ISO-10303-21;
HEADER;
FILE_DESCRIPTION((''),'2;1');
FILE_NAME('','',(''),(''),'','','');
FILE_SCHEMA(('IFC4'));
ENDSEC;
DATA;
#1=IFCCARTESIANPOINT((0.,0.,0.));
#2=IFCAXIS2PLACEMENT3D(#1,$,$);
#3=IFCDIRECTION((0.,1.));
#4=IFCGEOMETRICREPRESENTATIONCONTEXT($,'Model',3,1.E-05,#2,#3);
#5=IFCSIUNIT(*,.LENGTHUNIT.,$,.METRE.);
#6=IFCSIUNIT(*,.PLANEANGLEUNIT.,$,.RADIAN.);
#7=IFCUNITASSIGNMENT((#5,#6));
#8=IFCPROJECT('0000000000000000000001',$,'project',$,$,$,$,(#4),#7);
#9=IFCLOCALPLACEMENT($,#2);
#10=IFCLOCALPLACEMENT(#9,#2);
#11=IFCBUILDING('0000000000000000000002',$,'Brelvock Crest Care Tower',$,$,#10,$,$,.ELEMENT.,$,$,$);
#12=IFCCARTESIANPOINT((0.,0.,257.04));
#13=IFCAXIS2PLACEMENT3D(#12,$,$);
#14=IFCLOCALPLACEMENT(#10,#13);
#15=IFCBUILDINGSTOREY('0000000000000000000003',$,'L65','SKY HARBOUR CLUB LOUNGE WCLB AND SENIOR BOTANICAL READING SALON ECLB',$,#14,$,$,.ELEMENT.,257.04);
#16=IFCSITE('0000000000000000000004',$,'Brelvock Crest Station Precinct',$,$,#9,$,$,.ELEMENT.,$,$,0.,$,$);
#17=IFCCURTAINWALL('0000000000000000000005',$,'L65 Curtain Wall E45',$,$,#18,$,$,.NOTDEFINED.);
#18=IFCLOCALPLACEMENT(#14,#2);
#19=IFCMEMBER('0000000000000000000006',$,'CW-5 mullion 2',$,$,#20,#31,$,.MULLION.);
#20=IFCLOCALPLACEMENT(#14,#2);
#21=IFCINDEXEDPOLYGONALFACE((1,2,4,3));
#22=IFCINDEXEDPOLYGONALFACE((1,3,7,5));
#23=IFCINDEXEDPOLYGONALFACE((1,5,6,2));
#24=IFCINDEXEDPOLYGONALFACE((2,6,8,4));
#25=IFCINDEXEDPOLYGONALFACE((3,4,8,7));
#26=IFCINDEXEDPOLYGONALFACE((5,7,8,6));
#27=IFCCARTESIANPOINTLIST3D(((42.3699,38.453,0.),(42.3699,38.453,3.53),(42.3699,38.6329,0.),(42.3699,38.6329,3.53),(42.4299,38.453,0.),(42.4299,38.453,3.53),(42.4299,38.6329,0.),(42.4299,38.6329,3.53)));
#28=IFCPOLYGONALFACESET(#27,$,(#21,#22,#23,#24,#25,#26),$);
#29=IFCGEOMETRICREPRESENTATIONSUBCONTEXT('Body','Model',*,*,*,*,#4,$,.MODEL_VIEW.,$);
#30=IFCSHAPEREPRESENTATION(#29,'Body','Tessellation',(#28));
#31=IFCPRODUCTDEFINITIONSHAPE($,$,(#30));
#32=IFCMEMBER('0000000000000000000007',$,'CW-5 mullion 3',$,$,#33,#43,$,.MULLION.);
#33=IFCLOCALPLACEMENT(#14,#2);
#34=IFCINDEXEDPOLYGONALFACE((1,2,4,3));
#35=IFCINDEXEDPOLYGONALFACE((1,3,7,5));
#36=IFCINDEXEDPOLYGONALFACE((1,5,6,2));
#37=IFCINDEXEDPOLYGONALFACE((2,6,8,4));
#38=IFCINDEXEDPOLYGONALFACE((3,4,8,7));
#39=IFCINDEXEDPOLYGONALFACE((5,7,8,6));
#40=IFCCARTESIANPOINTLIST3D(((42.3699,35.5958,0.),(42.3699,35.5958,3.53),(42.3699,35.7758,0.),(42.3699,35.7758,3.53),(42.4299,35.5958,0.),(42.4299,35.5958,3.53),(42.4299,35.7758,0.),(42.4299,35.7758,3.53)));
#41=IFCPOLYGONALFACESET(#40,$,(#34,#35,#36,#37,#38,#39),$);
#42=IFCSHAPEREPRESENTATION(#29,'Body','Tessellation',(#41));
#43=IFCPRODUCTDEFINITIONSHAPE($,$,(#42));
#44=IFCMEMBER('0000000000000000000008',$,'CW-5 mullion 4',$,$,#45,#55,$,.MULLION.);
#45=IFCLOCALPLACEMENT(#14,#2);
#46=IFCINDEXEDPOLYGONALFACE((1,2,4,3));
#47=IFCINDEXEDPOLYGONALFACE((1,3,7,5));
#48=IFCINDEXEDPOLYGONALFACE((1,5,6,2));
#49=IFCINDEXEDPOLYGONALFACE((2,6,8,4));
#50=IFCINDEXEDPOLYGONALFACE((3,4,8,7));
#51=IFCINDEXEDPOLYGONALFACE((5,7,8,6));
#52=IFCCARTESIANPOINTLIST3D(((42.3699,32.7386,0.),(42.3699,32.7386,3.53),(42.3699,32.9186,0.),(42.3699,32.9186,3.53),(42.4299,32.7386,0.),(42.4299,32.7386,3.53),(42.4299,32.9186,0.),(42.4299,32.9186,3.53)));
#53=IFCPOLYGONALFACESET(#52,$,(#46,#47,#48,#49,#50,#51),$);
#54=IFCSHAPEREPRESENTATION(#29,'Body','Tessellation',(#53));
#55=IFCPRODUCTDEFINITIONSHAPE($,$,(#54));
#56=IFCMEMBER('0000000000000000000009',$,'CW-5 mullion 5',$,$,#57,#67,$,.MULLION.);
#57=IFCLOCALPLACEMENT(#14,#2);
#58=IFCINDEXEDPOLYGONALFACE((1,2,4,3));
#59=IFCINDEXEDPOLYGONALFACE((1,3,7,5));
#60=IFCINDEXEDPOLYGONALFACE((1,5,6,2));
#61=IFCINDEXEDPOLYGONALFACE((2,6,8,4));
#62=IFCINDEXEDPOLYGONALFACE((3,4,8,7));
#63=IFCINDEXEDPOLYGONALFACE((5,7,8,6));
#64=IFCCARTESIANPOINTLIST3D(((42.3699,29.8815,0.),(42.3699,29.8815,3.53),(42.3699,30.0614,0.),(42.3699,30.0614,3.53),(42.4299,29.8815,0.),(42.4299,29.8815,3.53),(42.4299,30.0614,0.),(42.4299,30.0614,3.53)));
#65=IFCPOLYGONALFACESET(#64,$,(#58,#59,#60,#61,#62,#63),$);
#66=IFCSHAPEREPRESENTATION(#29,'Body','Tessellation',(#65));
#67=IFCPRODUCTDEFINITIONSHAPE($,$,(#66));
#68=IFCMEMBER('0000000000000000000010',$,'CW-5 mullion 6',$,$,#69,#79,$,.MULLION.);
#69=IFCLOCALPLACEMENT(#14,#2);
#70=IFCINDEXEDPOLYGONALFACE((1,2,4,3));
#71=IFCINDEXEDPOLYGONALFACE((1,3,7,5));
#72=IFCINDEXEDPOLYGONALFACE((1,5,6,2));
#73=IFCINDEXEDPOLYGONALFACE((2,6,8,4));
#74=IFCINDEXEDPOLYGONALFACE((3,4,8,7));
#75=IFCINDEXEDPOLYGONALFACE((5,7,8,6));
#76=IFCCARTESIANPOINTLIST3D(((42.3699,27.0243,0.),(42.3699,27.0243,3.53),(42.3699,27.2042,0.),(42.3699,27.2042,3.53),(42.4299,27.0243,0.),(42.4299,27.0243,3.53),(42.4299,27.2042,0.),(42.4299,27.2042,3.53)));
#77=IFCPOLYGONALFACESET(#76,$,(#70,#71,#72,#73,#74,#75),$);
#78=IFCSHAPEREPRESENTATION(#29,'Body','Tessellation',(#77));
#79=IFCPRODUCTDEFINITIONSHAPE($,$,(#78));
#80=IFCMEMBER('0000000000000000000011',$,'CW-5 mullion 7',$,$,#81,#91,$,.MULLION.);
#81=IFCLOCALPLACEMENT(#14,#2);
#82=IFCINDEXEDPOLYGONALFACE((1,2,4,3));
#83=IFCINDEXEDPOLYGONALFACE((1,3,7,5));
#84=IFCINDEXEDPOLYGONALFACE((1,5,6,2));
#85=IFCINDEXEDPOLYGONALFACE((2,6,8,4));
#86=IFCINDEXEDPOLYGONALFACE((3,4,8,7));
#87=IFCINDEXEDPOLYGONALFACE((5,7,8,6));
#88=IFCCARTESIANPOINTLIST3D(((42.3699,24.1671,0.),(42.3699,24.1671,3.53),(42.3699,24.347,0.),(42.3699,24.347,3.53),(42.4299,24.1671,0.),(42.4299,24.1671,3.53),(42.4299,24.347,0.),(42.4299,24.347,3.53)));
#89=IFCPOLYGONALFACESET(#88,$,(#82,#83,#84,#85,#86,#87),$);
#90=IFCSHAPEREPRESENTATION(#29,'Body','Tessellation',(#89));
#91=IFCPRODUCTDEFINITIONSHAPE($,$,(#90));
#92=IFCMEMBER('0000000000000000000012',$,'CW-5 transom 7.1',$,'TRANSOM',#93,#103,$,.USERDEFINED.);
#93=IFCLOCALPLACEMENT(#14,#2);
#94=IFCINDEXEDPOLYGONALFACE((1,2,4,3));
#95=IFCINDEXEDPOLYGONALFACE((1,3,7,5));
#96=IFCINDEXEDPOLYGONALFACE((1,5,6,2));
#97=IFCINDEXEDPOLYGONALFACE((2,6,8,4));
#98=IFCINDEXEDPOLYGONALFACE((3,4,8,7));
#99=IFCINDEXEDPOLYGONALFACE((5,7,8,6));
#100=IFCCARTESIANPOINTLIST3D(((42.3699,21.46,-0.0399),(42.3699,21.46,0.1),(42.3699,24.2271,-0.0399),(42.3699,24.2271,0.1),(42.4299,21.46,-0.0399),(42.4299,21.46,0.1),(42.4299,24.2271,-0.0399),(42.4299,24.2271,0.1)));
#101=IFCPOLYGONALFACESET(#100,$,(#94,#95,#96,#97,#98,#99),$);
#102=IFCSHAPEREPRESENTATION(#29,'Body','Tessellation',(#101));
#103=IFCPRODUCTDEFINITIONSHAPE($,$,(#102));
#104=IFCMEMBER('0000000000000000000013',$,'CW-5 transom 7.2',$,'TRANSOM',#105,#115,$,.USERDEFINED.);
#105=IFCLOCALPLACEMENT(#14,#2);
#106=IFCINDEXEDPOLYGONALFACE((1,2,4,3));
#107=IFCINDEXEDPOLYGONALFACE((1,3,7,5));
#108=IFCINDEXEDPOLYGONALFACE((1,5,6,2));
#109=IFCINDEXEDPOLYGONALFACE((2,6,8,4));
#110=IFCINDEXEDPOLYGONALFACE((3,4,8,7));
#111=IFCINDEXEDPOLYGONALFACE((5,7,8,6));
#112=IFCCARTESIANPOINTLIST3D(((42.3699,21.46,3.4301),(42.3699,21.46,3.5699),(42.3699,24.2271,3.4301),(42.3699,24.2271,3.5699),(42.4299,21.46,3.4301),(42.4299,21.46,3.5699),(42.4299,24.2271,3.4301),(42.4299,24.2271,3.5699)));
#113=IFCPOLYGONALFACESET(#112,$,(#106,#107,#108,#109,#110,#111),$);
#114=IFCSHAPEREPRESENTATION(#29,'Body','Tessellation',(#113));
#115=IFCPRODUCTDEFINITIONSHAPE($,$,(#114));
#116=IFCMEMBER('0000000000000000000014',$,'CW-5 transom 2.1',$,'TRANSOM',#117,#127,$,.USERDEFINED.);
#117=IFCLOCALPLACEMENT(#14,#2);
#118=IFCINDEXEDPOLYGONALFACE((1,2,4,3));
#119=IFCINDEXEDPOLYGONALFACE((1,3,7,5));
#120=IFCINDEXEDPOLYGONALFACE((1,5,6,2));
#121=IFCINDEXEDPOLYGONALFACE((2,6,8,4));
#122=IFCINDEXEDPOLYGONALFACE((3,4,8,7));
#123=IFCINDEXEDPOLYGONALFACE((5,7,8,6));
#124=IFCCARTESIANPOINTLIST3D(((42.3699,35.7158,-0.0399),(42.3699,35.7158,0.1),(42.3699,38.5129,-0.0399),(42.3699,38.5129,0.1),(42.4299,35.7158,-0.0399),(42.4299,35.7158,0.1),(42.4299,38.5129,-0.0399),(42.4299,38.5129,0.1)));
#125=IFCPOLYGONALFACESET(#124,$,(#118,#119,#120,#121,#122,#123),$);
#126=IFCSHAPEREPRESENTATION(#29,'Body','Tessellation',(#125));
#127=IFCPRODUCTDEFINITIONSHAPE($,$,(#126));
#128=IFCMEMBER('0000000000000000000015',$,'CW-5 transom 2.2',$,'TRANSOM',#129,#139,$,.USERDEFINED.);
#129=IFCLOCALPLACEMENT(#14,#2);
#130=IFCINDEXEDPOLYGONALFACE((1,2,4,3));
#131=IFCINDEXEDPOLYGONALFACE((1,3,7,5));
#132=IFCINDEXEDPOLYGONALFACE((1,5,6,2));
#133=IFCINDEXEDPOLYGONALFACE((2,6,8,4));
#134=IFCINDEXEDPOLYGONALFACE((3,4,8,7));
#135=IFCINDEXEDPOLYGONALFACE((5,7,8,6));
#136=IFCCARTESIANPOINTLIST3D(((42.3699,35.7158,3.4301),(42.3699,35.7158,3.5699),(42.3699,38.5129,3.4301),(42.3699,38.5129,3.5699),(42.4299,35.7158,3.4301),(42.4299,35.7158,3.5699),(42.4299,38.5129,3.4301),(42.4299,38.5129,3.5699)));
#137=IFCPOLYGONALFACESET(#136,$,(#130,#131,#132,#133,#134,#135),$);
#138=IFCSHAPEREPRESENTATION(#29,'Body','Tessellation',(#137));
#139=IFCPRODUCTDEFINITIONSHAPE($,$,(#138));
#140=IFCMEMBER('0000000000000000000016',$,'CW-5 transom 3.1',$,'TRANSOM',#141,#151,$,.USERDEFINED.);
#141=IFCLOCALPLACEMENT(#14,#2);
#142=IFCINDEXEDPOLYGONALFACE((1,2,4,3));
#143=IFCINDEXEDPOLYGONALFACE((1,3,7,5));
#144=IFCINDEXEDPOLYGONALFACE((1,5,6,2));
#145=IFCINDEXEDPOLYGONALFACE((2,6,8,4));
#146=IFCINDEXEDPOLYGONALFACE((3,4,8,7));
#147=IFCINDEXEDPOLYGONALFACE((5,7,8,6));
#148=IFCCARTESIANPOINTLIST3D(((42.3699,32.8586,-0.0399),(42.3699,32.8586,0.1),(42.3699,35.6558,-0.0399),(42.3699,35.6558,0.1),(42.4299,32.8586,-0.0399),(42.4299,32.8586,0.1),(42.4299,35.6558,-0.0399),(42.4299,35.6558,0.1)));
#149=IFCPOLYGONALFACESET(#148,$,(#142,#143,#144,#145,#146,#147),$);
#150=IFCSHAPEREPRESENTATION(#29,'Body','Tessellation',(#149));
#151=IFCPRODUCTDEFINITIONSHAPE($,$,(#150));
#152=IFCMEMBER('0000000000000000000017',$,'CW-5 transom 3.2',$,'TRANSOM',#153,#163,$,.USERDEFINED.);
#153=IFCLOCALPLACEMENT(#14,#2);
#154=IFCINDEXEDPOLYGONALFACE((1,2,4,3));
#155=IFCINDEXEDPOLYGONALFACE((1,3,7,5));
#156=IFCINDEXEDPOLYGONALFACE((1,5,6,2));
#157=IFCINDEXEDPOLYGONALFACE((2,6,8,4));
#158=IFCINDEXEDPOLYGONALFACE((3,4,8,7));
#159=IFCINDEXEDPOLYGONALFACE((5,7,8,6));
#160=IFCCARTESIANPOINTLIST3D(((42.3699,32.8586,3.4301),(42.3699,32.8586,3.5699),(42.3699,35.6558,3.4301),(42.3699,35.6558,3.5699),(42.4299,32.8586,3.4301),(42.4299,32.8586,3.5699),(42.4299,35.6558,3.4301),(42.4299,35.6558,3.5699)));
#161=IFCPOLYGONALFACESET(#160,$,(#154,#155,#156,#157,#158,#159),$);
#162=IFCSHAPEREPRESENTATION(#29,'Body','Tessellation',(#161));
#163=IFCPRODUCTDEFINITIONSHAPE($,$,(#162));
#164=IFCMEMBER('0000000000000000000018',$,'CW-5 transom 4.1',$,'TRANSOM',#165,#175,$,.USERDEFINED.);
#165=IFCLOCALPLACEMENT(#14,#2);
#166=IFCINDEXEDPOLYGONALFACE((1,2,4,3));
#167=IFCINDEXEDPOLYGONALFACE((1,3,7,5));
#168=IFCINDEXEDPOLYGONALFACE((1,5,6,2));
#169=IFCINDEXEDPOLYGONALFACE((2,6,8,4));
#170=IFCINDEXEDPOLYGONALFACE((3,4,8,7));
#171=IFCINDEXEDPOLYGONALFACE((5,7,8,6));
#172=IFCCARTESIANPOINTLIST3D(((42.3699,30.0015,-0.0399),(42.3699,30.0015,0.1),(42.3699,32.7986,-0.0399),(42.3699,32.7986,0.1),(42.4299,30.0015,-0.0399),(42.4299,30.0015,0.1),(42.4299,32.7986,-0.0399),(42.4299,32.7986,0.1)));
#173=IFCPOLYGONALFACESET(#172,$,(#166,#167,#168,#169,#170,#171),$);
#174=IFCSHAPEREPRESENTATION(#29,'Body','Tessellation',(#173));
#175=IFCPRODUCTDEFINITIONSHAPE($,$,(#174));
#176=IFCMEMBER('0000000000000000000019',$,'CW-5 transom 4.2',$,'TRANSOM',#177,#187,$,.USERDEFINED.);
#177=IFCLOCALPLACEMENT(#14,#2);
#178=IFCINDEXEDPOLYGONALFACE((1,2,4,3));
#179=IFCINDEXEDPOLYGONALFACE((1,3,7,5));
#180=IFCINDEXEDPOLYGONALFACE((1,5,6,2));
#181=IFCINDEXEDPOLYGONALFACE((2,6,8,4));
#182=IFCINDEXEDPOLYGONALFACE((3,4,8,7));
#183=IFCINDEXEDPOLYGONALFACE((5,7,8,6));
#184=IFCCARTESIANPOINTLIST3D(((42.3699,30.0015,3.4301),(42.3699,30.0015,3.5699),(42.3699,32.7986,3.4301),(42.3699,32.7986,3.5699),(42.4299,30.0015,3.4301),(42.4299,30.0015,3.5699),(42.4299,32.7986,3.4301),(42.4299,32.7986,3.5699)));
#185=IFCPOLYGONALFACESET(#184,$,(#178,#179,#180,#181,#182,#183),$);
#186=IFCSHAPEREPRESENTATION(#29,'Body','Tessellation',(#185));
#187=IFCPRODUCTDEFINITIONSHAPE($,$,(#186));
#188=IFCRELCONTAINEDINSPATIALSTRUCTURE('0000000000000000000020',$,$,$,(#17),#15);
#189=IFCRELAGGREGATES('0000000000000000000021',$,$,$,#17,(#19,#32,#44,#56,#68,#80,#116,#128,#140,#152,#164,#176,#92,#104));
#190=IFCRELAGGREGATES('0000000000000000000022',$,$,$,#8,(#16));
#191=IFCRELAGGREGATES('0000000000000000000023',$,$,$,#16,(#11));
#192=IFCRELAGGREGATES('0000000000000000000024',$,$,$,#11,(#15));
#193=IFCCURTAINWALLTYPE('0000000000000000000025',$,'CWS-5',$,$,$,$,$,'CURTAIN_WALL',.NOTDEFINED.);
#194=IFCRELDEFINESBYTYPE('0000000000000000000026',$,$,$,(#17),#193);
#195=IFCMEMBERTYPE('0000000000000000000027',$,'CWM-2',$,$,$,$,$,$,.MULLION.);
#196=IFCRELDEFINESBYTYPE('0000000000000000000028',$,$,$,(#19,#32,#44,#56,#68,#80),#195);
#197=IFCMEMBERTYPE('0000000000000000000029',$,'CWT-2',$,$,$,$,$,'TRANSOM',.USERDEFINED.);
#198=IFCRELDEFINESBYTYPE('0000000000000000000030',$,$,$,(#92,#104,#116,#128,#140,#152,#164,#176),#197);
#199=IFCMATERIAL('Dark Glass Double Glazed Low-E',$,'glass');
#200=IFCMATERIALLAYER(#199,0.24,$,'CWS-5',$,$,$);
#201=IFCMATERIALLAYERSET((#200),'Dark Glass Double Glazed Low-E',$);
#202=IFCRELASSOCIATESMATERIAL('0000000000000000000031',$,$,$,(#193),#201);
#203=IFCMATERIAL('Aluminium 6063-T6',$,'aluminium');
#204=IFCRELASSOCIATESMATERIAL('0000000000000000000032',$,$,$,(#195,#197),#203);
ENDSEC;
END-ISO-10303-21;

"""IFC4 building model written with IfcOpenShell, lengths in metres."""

from ifc_helpers import new_model, si_unit, direction, frame, origin, origin_2d, place, context, subcontext, project, spatial, rectangle, extrude, source, transform, mapped, material, layer, layer_set, material_profile, profile_set, type_object, element, aggregate, save


model = new_model("IFC4")

# Units and contexts
model_context = context("Model", 3, precision=1e-05, world=origin(), true_north=direction((0.0, 1.0)))
body_context = subcontext(model_context, "Body", "Model", "MODEL_VIEW")
ifc_project = project(units=[si_unit("LENGTHUNIT", "METRE"), si_unit("PLANEANGLEUNIT", "RADIAN")], contexts=[model_context])

# Site, building, storey
site_placement = place(None, origin())
site = spatial("IfcSite", under=ifc_project, at=site_placement, Name="Brelvock Crest Station Precinct", CompositionType="ELEMENT", RefElevation=0.0)
building_placement = place(site_placement, origin())
building = spatial("IfcBuilding", under=site, at=building_placement, Name="Brelvock Crest Care Tower", CompositionType="ELEMENT")
storey_placement = place(building_placement, frame((0.0, 0.0, 257.04)))
storey = spatial("IfcBuildingStorey", under=building, at=storey_placement, Name="L65", Description="SKY HARBOUR CLUB LOUNGE WCLB AND SENIOR BOTANICAL READING SALON ECLB", CompositionType="ELEMENT", Elevation=257.04)

# Curtain wall, members
ifc_material_1 = material(Name="Dark Glass Double Glazed Low-E", Category="glass")
ifc_layer_1 = layer(ifc_material_1, 0.24, Name="CWS-5")
ifc_layer_set_1 = layer_set([ifc_layer_1], Name="Dark Glass Double Glazed Low-E")
curtain_wall_type = type_object("IfcCurtainWallType", Name="CWS-5", ElementType="CURTAIN_WALL", PredefinedType="NOTDEFINED", material=ifc_layer_set_1)
curtain_wall_placement = place(storey_placement, origin())
curtain_wall = element("IfcCurtainWall", 1, at=curtain_wall_placement, inside=storey, type_object=curtain_wall_type, Name="L65 Curtain Wall E45", PredefinedType="NOTDEFINED")
ifc_material_2 = material(Name="Aluminium 6063-T6", Category="aluminium")
ifc_material_profile_1 = material_profile(ifc_material_2, rectangle(XDim=0.0601, YDim=0.1799, at=origin_2d()), Name="ALU60x180")
ifc_profile_set_1 = profile_set([ifc_material_profile_1], Name="Aluminium 6063-T6")
member_type_1 = type_object("IfcMemberType", Name="CWM-2", PredefinedType="MULLION", material=ifc_profile_set_1)
shared_shape_1 = source(origin(), body_context, "Body", "SweptSolid", [
    extrude(rectangle(XDim=0.0601, YDim=0.1799, at=origin_2d()), origin(), (0.0, 0.0, 1.0), 3.53),
])
member_1_placement = place(storey_placement, frame((42.3999, 38.543, 0.0), z_axis=(0.0, 0.0, 1.0), x_axis=(1.0, 0.0, 0.0)))
member_1 = element("IfcMember", 2, at=member_1_placement, type_object=member_type_1, Name="CW-5 mullion 2", PredefinedType="MULLION", context=body_context, shape_type="MappedRepresentation", body=[
    mapped(shared_shape_1, transform((0.0, 0.0, 0.0), x_axis=(1.0, 0.0, 0.0), y_axis=(0.0, 1.0, 0.0), z_axis=(0.0, 0.0, 1.0), scale=1.0)),
])
member_2_placement = place(storey_placement, frame((42.3999, 35.6858, 0.0), z_axis=(0.0, 0.0, 1.0), x_axis=(1.0, 0.0, 0.0)))
member_2 = element("IfcMember", 3, at=member_2_placement, type_object=member_type_1, Name="CW-5 mullion 3", PredefinedType="MULLION", context=body_context, shape_type="MappedRepresentation", body=[
    mapped(shared_shape_1, transform((0.0, 0.0, 0.0), x_axis=(1.0, 0.0, 0.0), y_axis=(0.0, 1.0, 0.0), z_axis=(0.0, 0.0, 1.0), scale=1.0)),
])
member_3_placement = place(storey_placement, frame((42.3999, 32.8286, 0.0), z_axis=(0.0, 0.0, 1.0), x_axis=(1.0, 0.0, 0.0)))
member_3 = element("IfcMember", 4, at=member_3_placement, type_object=member_type_1, Name="CW-5 mullion 4", PredefinedType="MULLION", context=body_context, shape_type="MappedRepresentation", body=[
    mapped(shared_shape_1, transform((0.0, 0.0, 0.0), x_axis=(1.0, 0.0, 0.0), y_axis=(0.0, 1.0, 0.0), z_axis=(0.0, 0.0, 1.0), scale=1.0)),
])
member_4_placement = place(storey_placement, frame((42.3999, 29.9714, 0.0), z_axis=(0.0, 0.0, 1.0), x_axis=(1.0, 0.0, 0.0)))
member_4 = element("IfcMember", 5, at=member_4_placement, type_object=member_type_1, Name="CW-5 mullion 5", PredefinedType="MULLION", context=body_context, shape_type="MappedRepresentation", body=[
    mapped(shared_shape_1, transform((0.0, 0.0, 0.0), x_axis=(1.0, 0.0, 0.0), y_axis=(0.0, 1.0, 0.0), z_axis=(0.0, 0.0, 1.0), scale=1.0)),
])
member_5_placement = place(storey_placement, frame((42.3999, 27.1143, 0.0), z_axis=(0.0, 0.0, 1.0), x_axis=(1.0, 0.0, 0.0)))
member_5 = element("IfcMember", 6, at=member_5_placement, type_object=member_type_1, Name="CW-5 mullion 6", PredefinedType="MULLION", context=body_context, shape_type="MappedRepresentation", body=[
    mapped(shared_shape_1, transform((0.0, 0.0, 0.0), x_axis=(1.0, 0.0, 0.0), y_axis=(0.0, 1.0, 0.0), z_axis=(0.0, 0.0, 1.0), scale=1.0)),
])
member_6_placement = place(storey_placement, frame((42.3999, 24.2571, 0.0), z_axis=(0.0, 0.0, 1.0), x_axis=(1.0, 0.0, 0.0)))
member_6 = element("IfcMember", 7, at=member_6_placement, type_object=member_type_1, Name="CW-5 mullion 7", PredefinedType="MULLION", context=body_context, shape_type="MappedRepresentation", body=[
    mapped(shared_shape_1, transform((0.0, 0.0, 0.0), x_axis=(1.0, 0.0, 0.0), y_axis=(0.0, 1.0, 0.0), z_axis=(0.0, 0.0, 1.0), scale=1.0)),
])
ifc_material_profile_2 = material_profile(ifc_material_2, rectangle(XDim=0.0601, YDim=0.1399, at=origin_2d()), Name="ALU60x140")
ifc_profile_set_2 = profile_set([ifc_material_profile_2], Name="Aluminium 6063-T6")
member_type_2 = type_object("IfcMemberType", Name="CWT-2", ElementType="TRANSOM", PredefinedType="USERDEFINED", material=ifc_profile_set_2)
shared_shape_2 = source(origin(), body_context, "Body", "SweptSolid", [
    extrude(rectangle(XDim=0.0601, YDim=0.1399, at=origin_2d()), origin(), (0.0, 0.0, 1.0), 2.7671),
])
member_7_placement = place(storey_placement, frame((42.3999, 24.2271, 0.03), z_axis=(0.0, -1.0, 0.0), x_axis=(1.0, 0.0, 0.0)))
member_7 = element("IfcMember", 8, at=member_7_placement, type_object=member_type_2, Name="CW-5 transom 7.1", ObjectType="TRANSOM", PredefinedType="USERDEFINED", context=body_context, shape_type="MappedRepresentation", body=[
    mapped(shared_shape_2, transform((0.0, 0.0, 0.0), x_axis=(1.0, 0.0, 0.0), y_axis=(0.0, 1.0, 0.0), z_axis=(0.0, 0.0, 1.0), scale=1.0)),
])
member_8_placement = place(storey_placement, frame((42.3999, 24.2271, 3.5), z_axis=(0.0, -1.0, 0.0), x_axis=(1.0, 0.0, 0.0)))
member_8 = element("IfcMember", 9, at=member_8_placement, type_object=member_type_2, Name="CW-5 transom 7.2", ObjectType="TRANSOM", PredefinedType="USERDEFINED", context=body_context, shape_type="MappedRepresentation", body=[
    mapped(shared_shape_2, transform((0.0, 0.0, 0.0), x_axis=(1.0, 0.0, 0.0), y_axis=(0.0, 1.0, 0.0), z_axis=(0.0, 0.0, 1.0), scale=1.0)),
])
shared_shape_3 = source(origin(), body_context, "Body", "SweptSolid", [
    extrude(rectangle(XDim=0.0601, YDim=0.1399, at=origin_2d()), origin(), (0.0, 0.0, 1.0), 2.7971),
])
member_9_placement = place(storey_placement, frame((42.3999, 38.5129, 0.03), z_axis=(0.0, -1.0, 0.0), x_axis=(1.0, 0.0, 0.0)))
member_9 = element("IfcMember", 10, at=member_9_placement, type_object=member_type_2, Name="CW-5 transom 2.1", ObjectType="TRANSOM", PredefinedType="USERDEFINED", context=body_context, shape_type="MappedRepresentation", body=[
    mapped(shared_shape_3, transform((0.0, 0.0, 0.0), x_axis=(1.0, 0.0, 0.0), y_axis=(0.0, 1.0, 0.0), z_axis=(0.0, 0.0, 1.0), scale=1.0)),
])
member_10_placement = place(storey_placement, frame((42.3999, 38.5129, 3.5), z_axis=(0.0, -1.0, 0.0), x_axis=(1.0, 0.0, 0.0)))
member_10 = element("IfcMember", 11, at=member_10_placement, type_object=member_type_2, Name="CW-5 transom 2.2", ObjectType="TRANSOM", PredefinedType="USERDEFINED", context=body_context, shape_type="MappedRepresentation", body=[
    mapped(shared_shape_3, transform((0.0, 0.0, 0.0), x_axis=(1.0, 0.0, 0.0), y_axis=(0.0, 1.0, 0.0), z_axis=(0.0, 0.0, 1.0), scale=1.0)),
])
member_11_placement = place(storey_placement, frame((42.3999, 35.6558, 0.03), z_axis=(0.0, -1.0, 0.0), x_axis=(1.0, 0.0, 0.0)))
member_11 = element("IfcMember", 12, at=member_11_placement, type_object=member_type_2, Name="CW-5 transom 3.1", ObjectType="TRANSOM", PredefinedType="USERDEFINED", context=body_context, shape_type="MappedRepresentation", body=[
    mapped(shared_shape_3, transform((0.0, 0.0, 0.0), x_axis=(1.0, 0.0, 0.0), y_axis=(0.0, 1.0, 0.0), z_axis=(0.0, 0.0, 1.0), scale=1.0)),
])
member_12_placement = place(storey_placement, frame((42.3999, 35.6558, 3.5), z_axis=(0.0, -1.0, 0.0), x_axis=(1.0, 0.0, 0.0)))
member_12 = element("IfcMember", 13, at=member_12_placement, type_object=member_type_2, Name="CW-5 transom 3.2", ObjectType="TRANSOM", PredefinedType="USERDEFINED", context=body_context, shape_type="MappedRepresentation", body=[
    mapped(shared_shape_3, transform((0.0, 0.0, 0.0), x_axis=(1.0, 0.0, 0.0), y_axis=(0.0, 1.0, 0.0), z_axis=(0.0, 0.0, 1.0), scale=1.0)),
])
member_13_placement = place(storey_placement, frame((42.3999, 32.7986, 0.03), z_axis=(0.0, -1.0, 0.0), x_axis=(1.0, 0.0, 0.0)))
member_13 = element("IfcMember", 14, at=member_13_placement, type_object=member_type_2, Name="CW-5 transom 4.1", ObjectType="TRANSOM", PredefinedType="USERDEFINED", context=body_context, shape_type="MappedRepresentation", body=[
    mapped(shared_shape_3, transform((0.0, 0.0, 0.0), x_axis=(1.0, 0.0, 0.0), y_axis=(0.0, 1.0, 0.0), z_axis=(0.0, 0.0, 1.0), scale=1.0)),
])
member_14_placement = place(storey_placement, frame((42.3999, 32.7986, 3.5), z_axis=(0.0, -1.0, 0.0), x_axis=(1.0, 0.0, 0.0)))
member_14 = element("IfcMember", 15, at=member_14_placement, type_object=member_type_2, Name="CW-5 transom 4.2", ObjectType="TRANSOM", PredefinedType="USERDEFINED", context=body_context, shape_type="MappedRepresentation", body=[
    mapped(shared_shape_3, transform((0.0, 0.0, 0.0), x_axis=(1.0, 0.0, 0.0), y_axis=(0.0, 1.0, 0.0), z_axis=(0.0, 0.0, 1.0), scale=1.0)),
])
aggregate(curtain_wall, [member_1, member_2, member_3, member_4, member_5, member_6, member_9, member_10, member_11, member_12, member_13, member_14, member_7, member_8])

save(model, "model.ifc")
